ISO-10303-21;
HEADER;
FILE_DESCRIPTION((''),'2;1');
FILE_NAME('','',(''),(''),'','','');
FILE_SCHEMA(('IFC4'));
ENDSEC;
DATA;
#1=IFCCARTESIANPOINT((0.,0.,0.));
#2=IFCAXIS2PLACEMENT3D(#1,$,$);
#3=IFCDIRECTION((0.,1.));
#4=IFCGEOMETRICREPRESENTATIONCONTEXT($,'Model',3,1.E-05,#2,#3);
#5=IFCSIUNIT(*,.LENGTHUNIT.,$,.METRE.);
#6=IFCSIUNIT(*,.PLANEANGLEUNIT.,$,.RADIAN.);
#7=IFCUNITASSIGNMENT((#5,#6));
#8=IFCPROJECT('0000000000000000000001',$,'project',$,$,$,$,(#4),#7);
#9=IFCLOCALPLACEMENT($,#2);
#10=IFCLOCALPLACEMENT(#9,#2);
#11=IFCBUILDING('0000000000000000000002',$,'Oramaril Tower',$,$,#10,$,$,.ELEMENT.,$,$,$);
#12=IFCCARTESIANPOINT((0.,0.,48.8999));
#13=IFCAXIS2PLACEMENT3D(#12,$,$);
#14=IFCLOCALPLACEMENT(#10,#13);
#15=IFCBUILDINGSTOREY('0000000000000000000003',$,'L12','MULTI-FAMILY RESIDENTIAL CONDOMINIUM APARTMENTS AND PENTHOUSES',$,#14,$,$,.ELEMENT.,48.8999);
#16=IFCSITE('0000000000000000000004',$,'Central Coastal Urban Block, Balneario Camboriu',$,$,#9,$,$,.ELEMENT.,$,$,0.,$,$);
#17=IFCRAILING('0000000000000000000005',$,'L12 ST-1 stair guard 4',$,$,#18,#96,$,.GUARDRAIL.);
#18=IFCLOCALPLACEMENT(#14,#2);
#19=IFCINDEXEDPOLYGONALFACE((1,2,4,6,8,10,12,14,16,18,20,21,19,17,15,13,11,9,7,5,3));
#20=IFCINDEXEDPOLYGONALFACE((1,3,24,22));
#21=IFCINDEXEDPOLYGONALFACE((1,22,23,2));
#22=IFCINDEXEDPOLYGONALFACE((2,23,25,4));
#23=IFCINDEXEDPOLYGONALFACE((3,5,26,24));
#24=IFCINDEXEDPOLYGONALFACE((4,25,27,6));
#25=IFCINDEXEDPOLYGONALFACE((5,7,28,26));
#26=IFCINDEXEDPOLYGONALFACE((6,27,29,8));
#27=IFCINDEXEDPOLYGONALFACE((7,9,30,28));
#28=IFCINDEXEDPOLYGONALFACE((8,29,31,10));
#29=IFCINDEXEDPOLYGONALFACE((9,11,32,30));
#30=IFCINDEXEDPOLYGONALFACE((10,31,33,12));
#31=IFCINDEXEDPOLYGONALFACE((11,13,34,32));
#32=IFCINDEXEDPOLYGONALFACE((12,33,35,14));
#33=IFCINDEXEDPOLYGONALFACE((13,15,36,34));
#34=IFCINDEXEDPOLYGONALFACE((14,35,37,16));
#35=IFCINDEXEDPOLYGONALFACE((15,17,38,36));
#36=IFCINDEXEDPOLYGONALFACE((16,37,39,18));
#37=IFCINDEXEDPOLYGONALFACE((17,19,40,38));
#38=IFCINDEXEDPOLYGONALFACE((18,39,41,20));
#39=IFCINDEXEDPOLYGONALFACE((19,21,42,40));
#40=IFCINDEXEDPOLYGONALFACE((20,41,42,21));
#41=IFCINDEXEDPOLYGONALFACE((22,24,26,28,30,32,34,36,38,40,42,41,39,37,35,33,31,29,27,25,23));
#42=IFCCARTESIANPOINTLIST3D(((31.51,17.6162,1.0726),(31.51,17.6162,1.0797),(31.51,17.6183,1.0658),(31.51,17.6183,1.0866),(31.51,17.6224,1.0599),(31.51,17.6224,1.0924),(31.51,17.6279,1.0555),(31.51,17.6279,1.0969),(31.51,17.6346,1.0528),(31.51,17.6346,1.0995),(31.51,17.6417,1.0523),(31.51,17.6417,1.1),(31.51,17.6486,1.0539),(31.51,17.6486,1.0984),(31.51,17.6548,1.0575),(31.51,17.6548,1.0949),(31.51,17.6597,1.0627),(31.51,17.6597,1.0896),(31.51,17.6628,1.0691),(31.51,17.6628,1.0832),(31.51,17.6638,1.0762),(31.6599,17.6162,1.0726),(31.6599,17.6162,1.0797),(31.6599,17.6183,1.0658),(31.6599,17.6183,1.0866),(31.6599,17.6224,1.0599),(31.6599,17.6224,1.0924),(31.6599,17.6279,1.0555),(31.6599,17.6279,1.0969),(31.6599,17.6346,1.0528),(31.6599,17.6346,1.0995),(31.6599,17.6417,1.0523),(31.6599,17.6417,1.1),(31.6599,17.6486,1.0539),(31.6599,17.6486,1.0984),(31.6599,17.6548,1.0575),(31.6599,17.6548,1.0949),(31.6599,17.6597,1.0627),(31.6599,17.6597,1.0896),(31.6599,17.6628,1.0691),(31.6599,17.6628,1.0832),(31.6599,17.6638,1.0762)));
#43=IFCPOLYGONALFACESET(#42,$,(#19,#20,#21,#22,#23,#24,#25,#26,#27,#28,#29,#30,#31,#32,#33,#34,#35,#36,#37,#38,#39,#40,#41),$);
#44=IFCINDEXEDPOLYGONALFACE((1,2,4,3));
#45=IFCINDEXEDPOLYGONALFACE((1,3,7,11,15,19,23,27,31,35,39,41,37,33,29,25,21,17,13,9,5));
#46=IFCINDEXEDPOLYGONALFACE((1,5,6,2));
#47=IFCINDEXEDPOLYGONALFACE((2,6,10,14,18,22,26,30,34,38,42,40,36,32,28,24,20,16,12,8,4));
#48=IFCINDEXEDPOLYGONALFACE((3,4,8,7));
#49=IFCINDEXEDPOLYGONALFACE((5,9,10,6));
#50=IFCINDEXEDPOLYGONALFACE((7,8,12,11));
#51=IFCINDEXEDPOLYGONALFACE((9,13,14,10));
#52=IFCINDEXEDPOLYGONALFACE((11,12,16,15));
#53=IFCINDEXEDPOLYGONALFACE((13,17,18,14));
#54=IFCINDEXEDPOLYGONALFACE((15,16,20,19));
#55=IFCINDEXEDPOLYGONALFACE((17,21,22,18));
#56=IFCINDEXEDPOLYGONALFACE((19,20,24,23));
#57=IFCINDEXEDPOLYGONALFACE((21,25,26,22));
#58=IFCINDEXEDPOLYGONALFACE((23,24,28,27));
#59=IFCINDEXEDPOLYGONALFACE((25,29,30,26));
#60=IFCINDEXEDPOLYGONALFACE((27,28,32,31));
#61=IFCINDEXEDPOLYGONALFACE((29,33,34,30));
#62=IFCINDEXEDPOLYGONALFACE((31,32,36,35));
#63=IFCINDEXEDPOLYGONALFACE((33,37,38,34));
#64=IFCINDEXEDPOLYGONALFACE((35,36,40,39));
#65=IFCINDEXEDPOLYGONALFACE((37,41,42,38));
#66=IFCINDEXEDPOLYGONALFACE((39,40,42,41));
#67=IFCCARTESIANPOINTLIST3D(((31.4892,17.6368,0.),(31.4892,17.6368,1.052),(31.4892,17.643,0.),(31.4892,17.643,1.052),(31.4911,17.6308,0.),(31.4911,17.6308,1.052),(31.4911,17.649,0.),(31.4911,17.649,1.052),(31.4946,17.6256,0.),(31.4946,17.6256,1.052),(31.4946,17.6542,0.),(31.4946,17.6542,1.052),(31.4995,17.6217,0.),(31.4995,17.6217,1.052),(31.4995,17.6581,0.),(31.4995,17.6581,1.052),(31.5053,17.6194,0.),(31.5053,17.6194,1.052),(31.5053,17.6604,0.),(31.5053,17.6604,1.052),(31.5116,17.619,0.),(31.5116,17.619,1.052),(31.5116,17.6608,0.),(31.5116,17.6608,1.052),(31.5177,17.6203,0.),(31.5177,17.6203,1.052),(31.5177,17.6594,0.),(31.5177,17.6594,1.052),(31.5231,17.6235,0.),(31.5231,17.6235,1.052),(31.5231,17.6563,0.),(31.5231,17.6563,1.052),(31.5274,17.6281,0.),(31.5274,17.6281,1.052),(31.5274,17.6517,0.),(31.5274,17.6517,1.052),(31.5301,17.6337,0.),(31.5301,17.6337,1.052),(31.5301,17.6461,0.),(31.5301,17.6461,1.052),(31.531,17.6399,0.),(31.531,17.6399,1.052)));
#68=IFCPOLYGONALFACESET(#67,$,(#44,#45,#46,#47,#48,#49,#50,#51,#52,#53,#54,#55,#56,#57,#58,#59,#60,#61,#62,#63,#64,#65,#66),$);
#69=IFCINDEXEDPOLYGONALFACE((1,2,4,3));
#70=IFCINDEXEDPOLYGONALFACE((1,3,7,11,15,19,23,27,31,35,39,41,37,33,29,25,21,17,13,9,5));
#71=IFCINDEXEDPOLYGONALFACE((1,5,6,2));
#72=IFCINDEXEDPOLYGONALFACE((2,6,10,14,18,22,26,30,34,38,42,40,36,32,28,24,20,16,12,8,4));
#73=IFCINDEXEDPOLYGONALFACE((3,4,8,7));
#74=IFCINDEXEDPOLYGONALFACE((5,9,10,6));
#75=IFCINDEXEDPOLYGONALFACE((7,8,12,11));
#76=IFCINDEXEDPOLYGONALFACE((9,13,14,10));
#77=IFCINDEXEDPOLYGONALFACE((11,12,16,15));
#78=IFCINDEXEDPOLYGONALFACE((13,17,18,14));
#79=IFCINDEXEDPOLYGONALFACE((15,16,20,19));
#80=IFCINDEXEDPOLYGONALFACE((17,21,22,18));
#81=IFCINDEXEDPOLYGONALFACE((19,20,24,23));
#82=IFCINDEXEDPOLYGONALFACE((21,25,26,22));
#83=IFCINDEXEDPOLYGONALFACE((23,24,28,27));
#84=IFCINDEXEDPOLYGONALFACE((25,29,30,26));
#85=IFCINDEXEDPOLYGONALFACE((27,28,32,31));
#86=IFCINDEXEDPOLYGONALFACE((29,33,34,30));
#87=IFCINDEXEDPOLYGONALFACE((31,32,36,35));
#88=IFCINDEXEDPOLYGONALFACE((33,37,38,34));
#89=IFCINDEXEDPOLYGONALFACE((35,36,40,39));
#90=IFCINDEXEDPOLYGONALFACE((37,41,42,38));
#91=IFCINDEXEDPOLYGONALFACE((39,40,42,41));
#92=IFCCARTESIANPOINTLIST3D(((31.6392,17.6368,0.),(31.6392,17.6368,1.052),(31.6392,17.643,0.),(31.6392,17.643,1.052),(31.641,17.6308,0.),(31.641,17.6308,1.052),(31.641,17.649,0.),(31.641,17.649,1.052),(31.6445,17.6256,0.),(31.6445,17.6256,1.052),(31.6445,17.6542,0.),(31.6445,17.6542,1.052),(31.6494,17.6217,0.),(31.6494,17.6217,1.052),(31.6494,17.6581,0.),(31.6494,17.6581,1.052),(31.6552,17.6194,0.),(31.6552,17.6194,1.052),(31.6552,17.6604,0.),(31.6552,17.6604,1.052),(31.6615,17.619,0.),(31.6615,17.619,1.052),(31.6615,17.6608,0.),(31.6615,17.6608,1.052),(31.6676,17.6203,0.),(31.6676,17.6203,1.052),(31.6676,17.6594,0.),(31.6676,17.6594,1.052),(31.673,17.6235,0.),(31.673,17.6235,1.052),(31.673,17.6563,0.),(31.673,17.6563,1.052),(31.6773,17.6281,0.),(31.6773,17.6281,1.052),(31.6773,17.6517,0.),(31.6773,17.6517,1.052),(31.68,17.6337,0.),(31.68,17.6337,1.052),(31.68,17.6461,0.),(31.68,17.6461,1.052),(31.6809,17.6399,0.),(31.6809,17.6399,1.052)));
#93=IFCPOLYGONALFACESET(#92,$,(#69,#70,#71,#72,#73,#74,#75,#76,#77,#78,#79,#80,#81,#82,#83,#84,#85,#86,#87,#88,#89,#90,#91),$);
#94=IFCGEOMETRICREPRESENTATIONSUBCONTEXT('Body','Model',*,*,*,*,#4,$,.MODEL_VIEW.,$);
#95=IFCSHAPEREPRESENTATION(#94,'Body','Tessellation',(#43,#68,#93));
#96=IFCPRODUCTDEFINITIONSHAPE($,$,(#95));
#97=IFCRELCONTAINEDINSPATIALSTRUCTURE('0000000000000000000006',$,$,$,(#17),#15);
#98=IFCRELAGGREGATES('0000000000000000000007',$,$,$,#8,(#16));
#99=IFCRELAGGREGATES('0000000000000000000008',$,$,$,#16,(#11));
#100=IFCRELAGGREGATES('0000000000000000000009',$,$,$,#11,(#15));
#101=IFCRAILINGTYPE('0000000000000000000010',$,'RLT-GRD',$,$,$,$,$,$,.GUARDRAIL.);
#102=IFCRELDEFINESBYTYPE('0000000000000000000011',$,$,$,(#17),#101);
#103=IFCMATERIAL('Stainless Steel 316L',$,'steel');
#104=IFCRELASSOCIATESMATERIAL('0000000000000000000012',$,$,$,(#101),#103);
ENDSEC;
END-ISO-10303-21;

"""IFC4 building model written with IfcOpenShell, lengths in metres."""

from ifc_helpers import new_model, si_unit, direction, frame, origin, origin_2d, place, context, subcontext, project, spatial, circle, extrude, material, type_object, element, save


model = new_model("IFC4")

# Units and contexts
model_context = context("Model", 3, precision=1e-05, world=origin(), true_north=direction((0.0, 1.0)))
body_context = subcontext(model_context, "Body", "Model", "MODEL_VIEW")
ifc_project = project(units=[si_unit("LENGTHUNIT", "METRE"), si_unit("PLANEANGLEUNIT", "RADIAN")], contexts=[model_context])

# Site, building, storey
site_placement = place(None, origin())
site = spatial("IfcSite", under=ifc_project, at=site_placement, Name="Central Coastal Urban Block, Balneario Camboriu", CompositionType="ELEMENT", RefElevation=0.0)
building_placement = place(site_placement, origin())
building = spatial("IfcBuilding", under=site, at=building_placement, Name="Oramaril Tower", CompositionType="ELEMENT")
storey_placement = place(building_placement, frame((0.0, 0.0, 48.8999)))
storey = spatial("IfcBuildingStorey", under=building, at=storey_placement, Name="L12", Description="MULTI-FAMILY RESIDENTIAL CONDOMINIUM APARTMENTS AND PENTHOUSES", CompositionType="ELEMENT", Elevation=48.8999)

# Railing
ifc_material_1 = material(Name="Stainless Steel 316L", Category="steel")
railing_type_1 = type_object("IfcRailingType", Name="RLT-GRD", PredefinedType="GUARDRAIL", material=ifc_material_1)
railing_1_placement = place(storey_placement, frame((31.51, 17.6399, 0.0)))
element("IfcRailing", 1, at=railing_1_placement, inside=storey, type_object=railing_type_1, Name="L12 ST-1 stair guard 4", PredefinedType="GUARDRAIL", context=body_context, shape_type="SweptSolid", body=[
    extrude(circle(Radius=0.0239, at=origin_2d()), frame((0.0, 0.0, 1.0762), z_axis=(1.0, 0.0, 0.0), x_axis=(0.0, 1.0, 0.0)), (0.0, 0.0, 1.0), 0.1499),
    extrude(circle(Radius=0.021, at=origin_2d()), origin(), (0.0, 0.0, 1.0), 1.052),
    extrude(circle(Radius=0.021, at=origin_2d()), frame((0.1499, 0.0, 0.0)), (0.0, 0.0, 1.0), 1.052),
])

save(model, "model.ifc")
